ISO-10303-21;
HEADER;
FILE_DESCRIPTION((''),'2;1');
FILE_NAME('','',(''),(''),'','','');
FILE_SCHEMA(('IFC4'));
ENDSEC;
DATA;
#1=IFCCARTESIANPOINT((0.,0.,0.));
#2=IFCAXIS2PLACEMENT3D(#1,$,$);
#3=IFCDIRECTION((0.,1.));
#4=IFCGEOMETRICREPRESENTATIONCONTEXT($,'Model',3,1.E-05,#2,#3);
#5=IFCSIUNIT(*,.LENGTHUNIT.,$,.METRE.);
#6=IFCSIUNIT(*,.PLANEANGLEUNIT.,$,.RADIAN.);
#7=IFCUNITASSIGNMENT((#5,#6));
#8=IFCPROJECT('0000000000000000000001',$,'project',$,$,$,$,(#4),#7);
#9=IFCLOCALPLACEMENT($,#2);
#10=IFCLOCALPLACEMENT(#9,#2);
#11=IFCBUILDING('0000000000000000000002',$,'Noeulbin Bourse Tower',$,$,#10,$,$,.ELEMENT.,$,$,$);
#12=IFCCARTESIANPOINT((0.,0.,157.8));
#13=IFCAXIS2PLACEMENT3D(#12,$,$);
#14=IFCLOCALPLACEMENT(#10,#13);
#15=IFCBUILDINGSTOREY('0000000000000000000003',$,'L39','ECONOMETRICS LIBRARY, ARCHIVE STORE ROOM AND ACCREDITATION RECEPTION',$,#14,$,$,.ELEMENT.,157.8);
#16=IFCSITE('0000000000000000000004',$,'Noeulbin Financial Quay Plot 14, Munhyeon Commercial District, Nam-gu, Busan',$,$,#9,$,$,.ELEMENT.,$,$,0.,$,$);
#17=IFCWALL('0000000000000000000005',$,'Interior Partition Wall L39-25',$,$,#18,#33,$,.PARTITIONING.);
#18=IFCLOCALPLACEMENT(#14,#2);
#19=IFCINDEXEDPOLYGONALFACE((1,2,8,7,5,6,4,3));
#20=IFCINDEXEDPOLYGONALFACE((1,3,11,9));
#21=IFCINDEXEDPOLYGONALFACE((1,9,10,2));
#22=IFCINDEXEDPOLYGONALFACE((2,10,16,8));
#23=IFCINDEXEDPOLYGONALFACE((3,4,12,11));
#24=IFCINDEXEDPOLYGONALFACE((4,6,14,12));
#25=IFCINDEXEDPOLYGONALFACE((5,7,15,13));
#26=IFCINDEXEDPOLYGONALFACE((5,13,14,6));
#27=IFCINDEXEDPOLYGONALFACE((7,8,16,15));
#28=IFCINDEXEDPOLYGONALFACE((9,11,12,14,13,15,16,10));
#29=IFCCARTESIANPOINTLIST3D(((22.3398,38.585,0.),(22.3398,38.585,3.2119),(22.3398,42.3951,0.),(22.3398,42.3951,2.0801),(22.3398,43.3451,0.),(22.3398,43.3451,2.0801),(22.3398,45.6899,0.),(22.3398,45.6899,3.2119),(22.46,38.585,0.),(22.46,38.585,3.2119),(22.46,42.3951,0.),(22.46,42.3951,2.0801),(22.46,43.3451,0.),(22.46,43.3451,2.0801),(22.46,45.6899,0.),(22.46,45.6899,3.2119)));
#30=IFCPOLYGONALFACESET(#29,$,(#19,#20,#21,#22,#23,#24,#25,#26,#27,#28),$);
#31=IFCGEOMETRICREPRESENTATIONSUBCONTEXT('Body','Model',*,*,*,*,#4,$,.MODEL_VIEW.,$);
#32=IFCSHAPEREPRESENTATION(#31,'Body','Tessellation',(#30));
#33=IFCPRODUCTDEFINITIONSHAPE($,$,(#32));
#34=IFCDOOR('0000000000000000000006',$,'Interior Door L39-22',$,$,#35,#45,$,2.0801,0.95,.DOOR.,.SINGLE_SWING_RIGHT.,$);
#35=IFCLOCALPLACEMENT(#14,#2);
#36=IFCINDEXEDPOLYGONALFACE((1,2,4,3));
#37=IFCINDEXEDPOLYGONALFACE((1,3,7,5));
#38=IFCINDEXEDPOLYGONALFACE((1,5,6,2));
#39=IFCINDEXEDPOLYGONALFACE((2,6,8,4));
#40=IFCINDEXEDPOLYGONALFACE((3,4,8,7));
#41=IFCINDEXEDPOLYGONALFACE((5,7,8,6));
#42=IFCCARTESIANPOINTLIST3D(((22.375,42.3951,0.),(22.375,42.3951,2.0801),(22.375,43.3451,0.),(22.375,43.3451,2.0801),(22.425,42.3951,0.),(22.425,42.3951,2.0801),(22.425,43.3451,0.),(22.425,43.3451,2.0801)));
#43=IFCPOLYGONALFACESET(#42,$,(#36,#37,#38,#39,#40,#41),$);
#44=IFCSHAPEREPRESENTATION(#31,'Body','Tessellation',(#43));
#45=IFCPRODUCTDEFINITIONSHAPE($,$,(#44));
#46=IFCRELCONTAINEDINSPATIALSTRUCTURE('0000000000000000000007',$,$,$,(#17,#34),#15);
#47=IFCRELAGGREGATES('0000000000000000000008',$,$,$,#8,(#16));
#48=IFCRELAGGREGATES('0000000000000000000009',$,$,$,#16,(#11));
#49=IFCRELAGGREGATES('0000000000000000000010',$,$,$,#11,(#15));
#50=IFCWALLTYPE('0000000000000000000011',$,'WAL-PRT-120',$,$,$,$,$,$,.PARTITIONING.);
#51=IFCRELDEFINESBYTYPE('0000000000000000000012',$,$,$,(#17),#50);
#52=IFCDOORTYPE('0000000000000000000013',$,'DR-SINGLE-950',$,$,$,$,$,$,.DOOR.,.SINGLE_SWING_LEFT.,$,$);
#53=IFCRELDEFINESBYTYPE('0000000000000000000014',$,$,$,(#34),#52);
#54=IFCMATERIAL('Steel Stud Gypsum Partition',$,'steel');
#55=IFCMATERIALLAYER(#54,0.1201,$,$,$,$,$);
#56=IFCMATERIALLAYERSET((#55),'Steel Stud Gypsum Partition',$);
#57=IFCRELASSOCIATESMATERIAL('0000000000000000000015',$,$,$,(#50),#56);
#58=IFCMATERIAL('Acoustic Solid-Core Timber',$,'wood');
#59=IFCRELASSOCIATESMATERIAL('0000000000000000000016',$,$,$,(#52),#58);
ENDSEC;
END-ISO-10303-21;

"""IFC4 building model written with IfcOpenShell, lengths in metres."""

from ifc_helpers import new_model, si_unit, direction, frame, frame_2d, origin, place, context, subcontext, project, spatial, rectangle, extrude, material, layer, layer_set, type_object, element, fill, save


model = new_model("IFC4")

# Units and contexts
model_context = context("Model", 3, precision=1e-05, world=origin(), true_north=direction((0.0, 1.0)))
body_context = subcontext(model_context, "Body", "Model", "MODEL_VIEW")
ifc_project = project(units=[si_unit("LENGTHUNIT", "METRE"), si_unit("PLANEANGLEUNIT", "RADIAN")], contexts=[model_context])

# Site, building, storey
site_placement = place(None, origin())
site = spatial("IfcSite", under=ifc_project, at=site_placement, Name="Noeulbin Financial Quay Plot 14, Munhyeon Commercial District, Nam-gu, Busan", CompositionType="ELEMENT", RefElevation=0.0)
building_placement = place(site_placement, origin())
building = spatial("IfcBuilding", under=site, at=building_placement, Name="Noeulbin Bourse Tower", CompositionType="ELEMENT")
storey_placement = place(building_placement, frame((0.0, 0.0, 157.8)))
storey = spatial("IfcBuildingStorey", under=building, at=storey_placement, Name="L39", Description="ECONOMETRICS LIBRARY, ARCHIVE STORE ROOM AND ACCREDITATION RECEPTION", CompositionType="ELEMENT", Elevation=157.8)

# Wall, opening, door
ifc_material_1 = material(Name="Steel Stud Gypsum Partition", Category="steel")
ifc_layer_1 = layer(ifc_material_1, 0.1201)
ifc_layer_set_1 = layer_set([ifc_layer_1], Name="Steel Stud Gypsum Partition")
wall_type = type_object("IfcWallType", Name="WAL-PRT-120", PredefinedType="PARTITIONING", material=ifc_layer_set_1)
ifc_material_2 = material(Name="Acoustic Solid-Core Timber", Category="wood")
door_type = type_object("IfcDoorType", Name="DR-SINGLE-950", OperationType="SINGLE_SWING_LEFT", PredefinedType="DOOR", material=ifc_material_2)
wall_1_placement = place(storey_placement, frame((22.3999, 38.585, 0.0), z_axis=(0.0, 0.0, 1.0), x_axis=(0.0, 1.0, 0.0)))
wall_1 = element("IfcWall", 1, at=wall_1_placement, inside=storey, type_object=wall_type, Name="Interior Partition Wall L39-25", PredefinedType="PARTITIONING", context=body_context, shape_type="SweptSolid", body=[
    extrude(rectangle(XDim=7.105, YDim=0.1201, at=frame_2d((3.5525, 0.0))), origin(), (0.0, 0.0, 1.0), 3.2119),
])
opening_1_placement = place(wall_1_placement, frame((3.8101, 0.0, 0.0)))
opening_1 = element("IfcOpeningElement", 2, at=opening_1_placement, cuts=wall_1, PredefinedType="OPENING", context=body_context, shape_type="SweptSolid", body=[
    extrude(rectangle(XDim=0.95, YDim=2.0801, at=frame_2d((0.4751, 1.04))), frame((0.0, 0.0701, 0.0), z_axis=(0.0, -1.0, 0.0), x_axis=(1.0, 0.0, 0.0)), (0.0, 0.0, 1.0), 0.1401),
])
door_1_placement = place(opening_1_placement, origin())
door_1 = element("IfcDoor", 3, at=door_1_placement, inside=storey, type_object=door_type, Name="Interior Door L39-22", OperationType="SINGLE_SWING_RIGHT", OverallHeight=2.0801, OverallWidth=0.95, PredefinedType="DOOR", context=body_context, shape_type="SweptSolid", body=[
    extrude(rectangle(XDim=0.95, YDim=2.0801, at=frame_2d((0.4751, 1.04))), frame((0.0, 0.0249, 0.0), z_axis=(0.0, -1.0, 0.0), x_axis=(1.0, 0.0, 0.0)), (0.0, 0.0, 1.0), 0.05),
])
fill(opening_1, door_1)

save(model, "model.ifc")
